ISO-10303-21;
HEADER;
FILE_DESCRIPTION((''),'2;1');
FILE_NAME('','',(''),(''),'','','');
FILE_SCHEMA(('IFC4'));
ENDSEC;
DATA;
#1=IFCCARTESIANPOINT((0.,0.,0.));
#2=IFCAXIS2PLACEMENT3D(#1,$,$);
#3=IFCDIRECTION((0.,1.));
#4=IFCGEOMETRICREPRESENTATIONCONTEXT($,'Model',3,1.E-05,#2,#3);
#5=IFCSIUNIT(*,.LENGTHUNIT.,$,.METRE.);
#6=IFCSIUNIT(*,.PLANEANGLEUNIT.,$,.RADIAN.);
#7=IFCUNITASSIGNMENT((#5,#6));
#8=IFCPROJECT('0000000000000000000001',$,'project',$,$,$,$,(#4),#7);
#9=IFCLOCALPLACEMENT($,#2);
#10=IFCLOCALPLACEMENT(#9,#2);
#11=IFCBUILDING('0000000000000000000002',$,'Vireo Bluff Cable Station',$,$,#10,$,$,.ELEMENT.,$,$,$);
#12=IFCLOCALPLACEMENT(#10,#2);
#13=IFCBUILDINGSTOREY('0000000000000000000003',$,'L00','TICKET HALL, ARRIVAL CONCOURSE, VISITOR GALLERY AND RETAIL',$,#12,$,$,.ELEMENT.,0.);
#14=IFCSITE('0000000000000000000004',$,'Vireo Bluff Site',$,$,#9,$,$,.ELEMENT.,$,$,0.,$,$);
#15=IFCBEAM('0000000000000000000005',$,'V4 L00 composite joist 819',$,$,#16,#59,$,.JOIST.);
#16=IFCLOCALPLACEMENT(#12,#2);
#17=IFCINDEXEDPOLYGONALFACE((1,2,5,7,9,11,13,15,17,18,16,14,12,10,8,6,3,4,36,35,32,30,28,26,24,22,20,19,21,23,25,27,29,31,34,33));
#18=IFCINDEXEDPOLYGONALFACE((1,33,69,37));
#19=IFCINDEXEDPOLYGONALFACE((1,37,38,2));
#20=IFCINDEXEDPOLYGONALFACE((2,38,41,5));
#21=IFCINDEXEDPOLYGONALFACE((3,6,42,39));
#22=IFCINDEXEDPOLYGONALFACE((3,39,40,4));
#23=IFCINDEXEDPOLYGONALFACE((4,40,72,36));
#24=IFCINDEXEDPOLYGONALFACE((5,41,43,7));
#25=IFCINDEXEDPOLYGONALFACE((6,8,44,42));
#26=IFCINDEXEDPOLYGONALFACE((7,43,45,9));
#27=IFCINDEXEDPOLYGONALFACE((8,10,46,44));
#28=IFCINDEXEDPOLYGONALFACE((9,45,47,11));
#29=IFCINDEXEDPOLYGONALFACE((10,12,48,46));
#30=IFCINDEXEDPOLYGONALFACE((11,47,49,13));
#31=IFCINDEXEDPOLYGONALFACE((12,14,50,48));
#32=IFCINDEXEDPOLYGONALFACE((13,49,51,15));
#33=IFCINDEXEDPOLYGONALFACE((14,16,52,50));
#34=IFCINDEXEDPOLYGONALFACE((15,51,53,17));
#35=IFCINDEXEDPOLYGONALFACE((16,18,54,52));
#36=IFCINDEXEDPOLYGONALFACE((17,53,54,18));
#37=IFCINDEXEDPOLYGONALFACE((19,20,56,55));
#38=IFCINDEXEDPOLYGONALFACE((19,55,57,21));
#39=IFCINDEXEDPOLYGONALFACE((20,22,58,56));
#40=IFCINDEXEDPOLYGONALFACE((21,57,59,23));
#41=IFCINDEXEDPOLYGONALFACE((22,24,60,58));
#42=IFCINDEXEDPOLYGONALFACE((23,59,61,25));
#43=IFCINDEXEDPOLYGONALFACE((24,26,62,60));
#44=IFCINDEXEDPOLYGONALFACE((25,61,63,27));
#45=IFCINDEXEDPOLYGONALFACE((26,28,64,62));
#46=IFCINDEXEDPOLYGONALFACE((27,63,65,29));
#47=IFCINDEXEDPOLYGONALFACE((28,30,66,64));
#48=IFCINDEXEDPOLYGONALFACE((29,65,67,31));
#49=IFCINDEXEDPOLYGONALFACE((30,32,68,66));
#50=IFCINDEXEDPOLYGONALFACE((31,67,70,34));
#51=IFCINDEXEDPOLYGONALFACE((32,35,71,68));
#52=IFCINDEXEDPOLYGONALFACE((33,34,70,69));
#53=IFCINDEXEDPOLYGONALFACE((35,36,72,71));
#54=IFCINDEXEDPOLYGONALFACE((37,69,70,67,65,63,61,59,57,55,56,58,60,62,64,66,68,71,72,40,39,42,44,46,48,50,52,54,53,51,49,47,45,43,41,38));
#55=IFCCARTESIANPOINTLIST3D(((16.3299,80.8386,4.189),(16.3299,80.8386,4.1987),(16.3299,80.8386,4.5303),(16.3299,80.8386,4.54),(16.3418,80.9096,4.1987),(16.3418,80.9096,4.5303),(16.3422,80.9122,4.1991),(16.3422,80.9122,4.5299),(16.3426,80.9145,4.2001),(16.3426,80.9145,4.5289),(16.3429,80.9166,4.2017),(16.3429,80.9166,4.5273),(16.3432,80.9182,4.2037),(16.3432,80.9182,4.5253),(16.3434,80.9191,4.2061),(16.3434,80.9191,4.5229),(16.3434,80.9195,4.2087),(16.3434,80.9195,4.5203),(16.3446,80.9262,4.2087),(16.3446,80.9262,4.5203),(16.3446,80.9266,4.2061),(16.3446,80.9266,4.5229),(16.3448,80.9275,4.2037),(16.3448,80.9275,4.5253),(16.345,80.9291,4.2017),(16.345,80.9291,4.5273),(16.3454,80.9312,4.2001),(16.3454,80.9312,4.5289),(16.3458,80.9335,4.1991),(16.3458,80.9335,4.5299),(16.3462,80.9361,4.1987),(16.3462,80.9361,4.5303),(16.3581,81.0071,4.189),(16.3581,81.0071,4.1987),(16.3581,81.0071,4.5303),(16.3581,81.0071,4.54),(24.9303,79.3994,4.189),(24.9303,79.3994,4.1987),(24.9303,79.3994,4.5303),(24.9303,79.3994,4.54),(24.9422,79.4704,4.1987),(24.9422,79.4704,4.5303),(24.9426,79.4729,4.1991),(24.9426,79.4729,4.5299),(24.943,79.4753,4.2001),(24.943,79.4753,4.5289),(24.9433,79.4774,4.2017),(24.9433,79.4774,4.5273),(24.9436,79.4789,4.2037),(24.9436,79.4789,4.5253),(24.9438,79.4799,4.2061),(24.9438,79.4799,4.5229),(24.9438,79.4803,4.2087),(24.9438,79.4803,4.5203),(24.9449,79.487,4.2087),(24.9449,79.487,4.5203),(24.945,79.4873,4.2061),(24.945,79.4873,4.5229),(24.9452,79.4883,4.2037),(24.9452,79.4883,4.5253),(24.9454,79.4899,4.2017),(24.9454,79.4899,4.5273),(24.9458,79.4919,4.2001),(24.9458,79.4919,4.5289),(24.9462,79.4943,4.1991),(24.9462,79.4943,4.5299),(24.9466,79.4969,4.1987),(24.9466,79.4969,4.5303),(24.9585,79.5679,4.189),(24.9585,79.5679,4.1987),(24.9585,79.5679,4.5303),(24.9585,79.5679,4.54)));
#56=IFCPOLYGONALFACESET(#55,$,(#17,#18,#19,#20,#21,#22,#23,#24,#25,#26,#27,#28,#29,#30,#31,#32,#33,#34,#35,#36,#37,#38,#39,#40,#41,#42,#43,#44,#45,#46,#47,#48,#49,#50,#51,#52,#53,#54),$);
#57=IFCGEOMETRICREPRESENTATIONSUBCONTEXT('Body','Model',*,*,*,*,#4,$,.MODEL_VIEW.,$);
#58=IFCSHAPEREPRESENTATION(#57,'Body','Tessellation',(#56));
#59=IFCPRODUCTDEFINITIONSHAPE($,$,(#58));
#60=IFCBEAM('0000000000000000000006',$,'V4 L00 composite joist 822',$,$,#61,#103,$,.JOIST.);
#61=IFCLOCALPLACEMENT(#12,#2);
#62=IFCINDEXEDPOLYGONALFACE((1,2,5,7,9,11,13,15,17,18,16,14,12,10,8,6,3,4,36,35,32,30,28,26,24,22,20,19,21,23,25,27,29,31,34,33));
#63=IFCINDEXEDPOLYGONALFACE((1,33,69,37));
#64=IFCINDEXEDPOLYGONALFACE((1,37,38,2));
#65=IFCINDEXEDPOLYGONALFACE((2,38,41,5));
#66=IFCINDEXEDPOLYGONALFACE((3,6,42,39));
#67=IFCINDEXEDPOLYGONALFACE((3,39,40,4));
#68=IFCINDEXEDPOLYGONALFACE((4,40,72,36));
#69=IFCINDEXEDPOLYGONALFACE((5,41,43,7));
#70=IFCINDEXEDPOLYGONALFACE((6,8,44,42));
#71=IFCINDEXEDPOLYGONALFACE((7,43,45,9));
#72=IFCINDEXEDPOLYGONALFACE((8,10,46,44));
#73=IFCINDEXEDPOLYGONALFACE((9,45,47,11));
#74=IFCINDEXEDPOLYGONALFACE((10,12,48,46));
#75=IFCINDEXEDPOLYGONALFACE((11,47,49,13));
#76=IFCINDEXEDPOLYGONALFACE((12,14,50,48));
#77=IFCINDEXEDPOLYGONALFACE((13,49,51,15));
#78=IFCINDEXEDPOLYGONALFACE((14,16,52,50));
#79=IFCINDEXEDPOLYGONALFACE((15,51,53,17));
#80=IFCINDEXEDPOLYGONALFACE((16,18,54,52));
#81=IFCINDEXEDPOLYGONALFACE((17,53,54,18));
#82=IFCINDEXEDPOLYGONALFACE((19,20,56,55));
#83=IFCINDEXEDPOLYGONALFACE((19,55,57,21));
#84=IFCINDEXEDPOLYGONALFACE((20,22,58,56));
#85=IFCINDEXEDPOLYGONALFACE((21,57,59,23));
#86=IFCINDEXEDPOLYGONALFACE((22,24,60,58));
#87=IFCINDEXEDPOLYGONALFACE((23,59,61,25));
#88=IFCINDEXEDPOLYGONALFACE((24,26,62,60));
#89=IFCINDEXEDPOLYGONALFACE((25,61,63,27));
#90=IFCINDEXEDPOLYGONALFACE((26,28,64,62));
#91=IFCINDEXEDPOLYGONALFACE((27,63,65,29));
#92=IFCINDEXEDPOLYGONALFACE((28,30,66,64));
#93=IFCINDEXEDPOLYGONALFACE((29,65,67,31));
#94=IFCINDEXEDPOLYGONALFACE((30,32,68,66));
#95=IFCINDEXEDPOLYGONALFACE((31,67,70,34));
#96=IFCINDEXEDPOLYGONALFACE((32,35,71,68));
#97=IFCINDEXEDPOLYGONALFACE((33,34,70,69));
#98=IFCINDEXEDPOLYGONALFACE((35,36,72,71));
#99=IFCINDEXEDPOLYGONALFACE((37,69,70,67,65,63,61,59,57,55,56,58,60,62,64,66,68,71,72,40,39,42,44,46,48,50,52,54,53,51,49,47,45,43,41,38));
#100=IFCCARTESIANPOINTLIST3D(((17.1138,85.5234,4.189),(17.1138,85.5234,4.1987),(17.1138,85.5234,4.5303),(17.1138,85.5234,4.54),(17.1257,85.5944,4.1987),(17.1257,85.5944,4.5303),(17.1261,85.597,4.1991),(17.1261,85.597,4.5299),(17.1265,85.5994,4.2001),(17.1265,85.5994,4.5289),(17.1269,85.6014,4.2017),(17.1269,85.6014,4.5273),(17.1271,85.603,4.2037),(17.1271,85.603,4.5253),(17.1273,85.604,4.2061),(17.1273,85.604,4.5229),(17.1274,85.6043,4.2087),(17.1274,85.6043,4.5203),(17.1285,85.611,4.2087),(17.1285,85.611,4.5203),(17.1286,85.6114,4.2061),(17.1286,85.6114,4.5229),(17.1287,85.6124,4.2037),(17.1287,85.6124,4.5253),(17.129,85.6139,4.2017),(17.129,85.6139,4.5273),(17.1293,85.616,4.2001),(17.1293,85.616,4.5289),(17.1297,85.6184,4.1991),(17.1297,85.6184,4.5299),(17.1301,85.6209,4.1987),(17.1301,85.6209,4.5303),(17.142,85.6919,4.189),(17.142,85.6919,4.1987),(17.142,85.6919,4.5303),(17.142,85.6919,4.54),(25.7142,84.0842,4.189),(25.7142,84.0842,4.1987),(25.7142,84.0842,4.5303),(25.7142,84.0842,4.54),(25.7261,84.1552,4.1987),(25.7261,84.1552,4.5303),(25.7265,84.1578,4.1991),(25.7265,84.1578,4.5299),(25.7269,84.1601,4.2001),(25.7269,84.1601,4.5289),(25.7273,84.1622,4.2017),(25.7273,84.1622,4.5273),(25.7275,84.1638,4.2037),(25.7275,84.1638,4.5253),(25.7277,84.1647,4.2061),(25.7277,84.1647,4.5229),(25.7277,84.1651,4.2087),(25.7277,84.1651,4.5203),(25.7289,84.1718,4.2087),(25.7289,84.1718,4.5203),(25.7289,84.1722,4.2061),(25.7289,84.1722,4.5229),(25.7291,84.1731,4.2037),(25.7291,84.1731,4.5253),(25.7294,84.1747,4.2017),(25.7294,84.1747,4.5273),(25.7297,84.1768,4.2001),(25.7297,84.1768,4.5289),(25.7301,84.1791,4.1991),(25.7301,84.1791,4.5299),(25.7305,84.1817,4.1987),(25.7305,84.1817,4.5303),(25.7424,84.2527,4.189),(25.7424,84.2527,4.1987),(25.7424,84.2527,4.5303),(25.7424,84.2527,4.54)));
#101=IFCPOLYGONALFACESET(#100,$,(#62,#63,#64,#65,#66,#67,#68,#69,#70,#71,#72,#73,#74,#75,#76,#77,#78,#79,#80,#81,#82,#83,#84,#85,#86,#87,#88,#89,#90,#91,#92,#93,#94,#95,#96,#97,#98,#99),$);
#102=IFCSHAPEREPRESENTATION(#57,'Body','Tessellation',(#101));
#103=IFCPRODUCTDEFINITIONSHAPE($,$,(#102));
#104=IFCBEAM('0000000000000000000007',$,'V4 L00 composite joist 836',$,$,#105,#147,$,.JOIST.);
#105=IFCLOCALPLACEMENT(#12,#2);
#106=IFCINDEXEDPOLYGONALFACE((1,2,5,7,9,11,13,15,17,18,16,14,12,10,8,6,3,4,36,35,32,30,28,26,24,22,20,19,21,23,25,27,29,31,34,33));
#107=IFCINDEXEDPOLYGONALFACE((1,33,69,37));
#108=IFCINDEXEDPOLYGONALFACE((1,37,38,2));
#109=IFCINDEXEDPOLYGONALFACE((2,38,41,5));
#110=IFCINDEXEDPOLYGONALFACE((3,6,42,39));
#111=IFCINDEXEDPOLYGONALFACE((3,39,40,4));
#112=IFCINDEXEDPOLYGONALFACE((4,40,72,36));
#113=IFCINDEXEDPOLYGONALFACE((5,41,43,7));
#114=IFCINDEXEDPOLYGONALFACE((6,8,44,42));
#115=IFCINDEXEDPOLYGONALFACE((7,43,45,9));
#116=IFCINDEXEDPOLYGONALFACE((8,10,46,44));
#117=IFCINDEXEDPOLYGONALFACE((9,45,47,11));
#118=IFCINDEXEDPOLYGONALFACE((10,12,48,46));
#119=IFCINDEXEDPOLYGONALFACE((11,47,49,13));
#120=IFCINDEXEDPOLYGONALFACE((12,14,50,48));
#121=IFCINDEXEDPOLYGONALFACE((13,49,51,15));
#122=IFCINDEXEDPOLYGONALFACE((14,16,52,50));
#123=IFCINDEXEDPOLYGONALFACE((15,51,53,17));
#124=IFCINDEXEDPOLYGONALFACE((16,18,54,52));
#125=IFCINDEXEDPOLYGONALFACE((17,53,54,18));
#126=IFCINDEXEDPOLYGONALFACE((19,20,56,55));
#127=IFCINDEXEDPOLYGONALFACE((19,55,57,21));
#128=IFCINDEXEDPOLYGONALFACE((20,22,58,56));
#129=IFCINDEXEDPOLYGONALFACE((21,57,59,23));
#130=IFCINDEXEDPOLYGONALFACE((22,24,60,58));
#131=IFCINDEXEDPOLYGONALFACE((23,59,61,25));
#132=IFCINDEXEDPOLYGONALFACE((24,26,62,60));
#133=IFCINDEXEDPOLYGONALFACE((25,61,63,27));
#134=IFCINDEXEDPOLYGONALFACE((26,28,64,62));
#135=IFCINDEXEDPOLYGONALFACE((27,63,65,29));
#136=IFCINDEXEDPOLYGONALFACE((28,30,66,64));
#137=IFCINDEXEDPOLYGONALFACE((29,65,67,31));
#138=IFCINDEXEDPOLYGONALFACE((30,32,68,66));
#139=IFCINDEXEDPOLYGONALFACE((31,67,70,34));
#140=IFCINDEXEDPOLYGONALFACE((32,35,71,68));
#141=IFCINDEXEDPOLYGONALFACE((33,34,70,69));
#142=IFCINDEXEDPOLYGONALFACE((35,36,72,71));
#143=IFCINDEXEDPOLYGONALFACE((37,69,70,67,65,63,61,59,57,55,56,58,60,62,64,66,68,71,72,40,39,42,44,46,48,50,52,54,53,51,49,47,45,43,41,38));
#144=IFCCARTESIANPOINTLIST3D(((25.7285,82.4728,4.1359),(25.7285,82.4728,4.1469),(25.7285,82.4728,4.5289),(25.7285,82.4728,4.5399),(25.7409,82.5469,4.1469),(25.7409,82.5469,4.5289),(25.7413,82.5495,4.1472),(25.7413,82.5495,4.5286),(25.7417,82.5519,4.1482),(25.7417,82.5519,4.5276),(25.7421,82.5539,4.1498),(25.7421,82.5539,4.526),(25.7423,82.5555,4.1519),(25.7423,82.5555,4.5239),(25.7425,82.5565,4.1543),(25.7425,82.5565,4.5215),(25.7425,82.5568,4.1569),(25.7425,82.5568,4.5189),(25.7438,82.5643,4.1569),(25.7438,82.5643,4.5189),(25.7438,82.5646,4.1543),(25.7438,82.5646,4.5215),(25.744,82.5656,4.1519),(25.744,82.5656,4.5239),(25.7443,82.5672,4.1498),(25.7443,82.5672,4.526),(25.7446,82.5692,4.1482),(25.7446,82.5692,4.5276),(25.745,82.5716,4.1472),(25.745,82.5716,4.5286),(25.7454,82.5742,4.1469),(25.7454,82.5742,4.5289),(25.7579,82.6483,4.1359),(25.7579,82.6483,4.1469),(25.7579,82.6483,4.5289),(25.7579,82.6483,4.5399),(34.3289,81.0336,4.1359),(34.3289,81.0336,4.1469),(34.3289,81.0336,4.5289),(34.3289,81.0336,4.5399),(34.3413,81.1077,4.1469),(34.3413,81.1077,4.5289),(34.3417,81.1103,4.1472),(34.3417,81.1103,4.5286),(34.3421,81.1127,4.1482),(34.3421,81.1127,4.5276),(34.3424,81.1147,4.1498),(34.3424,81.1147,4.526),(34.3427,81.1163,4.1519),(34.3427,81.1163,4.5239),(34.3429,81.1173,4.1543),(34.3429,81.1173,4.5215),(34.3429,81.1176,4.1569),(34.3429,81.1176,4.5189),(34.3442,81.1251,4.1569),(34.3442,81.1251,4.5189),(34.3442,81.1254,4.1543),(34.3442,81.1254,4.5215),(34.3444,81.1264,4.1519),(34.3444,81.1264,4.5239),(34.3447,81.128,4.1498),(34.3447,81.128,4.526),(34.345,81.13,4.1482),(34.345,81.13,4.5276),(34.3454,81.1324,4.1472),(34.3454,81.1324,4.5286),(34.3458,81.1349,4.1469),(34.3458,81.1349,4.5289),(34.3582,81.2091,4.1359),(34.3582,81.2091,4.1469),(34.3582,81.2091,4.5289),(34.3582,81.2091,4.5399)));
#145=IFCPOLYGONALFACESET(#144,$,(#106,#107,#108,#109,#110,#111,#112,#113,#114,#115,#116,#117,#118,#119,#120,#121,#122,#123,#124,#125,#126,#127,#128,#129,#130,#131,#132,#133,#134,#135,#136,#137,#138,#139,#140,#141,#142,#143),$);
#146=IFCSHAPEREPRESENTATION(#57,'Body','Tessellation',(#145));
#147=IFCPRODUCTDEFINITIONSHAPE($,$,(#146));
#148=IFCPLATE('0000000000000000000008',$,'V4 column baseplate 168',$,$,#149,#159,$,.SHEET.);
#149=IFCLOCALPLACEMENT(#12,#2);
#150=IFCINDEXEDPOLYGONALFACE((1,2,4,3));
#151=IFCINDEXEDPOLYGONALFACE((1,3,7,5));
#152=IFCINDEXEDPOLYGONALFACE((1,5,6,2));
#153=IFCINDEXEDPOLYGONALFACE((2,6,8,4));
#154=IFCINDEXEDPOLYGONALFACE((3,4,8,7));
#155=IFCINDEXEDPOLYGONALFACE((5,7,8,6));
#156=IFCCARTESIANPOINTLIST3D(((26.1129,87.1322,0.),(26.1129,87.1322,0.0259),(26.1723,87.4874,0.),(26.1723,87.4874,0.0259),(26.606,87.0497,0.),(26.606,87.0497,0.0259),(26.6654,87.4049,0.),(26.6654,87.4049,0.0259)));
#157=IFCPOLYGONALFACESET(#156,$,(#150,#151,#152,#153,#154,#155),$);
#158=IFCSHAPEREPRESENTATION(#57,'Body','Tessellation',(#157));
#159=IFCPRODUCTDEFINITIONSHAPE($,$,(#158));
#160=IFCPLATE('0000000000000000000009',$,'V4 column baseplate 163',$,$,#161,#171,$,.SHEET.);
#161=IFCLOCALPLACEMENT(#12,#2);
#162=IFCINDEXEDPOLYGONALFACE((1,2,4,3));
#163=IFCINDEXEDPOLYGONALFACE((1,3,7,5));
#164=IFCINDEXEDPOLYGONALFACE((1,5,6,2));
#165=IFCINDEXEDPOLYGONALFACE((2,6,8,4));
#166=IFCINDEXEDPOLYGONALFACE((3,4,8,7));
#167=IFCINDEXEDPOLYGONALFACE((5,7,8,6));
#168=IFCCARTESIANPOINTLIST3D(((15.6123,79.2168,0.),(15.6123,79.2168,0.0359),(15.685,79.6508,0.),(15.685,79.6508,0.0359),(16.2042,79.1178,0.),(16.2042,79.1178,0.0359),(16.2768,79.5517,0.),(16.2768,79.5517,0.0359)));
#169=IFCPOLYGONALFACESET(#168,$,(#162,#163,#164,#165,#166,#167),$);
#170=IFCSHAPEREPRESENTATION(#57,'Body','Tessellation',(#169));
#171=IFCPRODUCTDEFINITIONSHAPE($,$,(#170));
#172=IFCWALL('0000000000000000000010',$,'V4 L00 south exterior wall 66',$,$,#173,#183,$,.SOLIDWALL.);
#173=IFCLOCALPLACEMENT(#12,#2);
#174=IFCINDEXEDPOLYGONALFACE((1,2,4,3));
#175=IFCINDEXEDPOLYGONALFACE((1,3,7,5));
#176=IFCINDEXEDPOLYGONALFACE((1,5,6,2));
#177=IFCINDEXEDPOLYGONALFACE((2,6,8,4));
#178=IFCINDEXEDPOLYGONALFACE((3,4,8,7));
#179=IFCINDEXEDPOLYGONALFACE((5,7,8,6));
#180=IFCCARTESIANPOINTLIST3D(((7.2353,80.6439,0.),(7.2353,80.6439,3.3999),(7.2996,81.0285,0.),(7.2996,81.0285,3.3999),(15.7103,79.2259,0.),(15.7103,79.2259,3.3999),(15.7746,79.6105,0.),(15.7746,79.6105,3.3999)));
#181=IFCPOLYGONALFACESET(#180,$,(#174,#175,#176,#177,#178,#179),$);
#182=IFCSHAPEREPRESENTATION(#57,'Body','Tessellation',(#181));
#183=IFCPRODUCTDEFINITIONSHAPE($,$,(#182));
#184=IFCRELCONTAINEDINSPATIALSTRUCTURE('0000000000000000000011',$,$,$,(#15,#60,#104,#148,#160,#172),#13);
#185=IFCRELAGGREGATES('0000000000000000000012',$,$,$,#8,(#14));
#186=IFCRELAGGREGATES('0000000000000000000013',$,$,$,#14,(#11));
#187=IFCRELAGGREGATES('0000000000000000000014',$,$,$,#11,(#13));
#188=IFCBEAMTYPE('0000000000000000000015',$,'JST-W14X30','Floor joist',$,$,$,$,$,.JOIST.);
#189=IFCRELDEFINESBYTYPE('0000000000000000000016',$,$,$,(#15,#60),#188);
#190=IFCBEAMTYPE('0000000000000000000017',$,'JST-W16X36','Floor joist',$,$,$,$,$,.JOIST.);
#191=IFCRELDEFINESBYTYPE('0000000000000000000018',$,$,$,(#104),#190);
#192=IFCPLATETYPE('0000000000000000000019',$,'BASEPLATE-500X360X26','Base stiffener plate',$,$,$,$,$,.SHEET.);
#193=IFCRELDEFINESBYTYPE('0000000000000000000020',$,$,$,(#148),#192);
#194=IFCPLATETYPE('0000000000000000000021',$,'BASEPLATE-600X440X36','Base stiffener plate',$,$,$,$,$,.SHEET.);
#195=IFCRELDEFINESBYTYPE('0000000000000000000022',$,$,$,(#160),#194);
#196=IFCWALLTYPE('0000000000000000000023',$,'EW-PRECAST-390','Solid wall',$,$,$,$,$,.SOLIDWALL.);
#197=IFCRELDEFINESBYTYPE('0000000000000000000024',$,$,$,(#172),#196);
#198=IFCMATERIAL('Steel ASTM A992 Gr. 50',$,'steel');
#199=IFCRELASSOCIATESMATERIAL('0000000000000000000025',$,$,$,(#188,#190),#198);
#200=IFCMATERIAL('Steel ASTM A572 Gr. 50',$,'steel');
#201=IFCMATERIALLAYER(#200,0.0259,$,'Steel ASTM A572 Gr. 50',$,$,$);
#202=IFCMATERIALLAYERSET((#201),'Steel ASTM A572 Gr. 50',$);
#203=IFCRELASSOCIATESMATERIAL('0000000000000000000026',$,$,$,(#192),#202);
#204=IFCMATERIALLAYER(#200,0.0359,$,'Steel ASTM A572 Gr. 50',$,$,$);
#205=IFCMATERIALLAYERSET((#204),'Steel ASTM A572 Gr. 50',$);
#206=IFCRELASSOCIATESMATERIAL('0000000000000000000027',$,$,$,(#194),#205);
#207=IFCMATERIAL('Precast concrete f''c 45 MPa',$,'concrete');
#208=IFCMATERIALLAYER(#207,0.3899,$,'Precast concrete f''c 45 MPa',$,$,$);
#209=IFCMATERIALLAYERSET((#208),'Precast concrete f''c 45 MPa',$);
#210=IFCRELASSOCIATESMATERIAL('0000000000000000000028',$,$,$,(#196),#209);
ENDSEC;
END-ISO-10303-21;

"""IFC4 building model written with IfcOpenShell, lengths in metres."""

from ifc_helpers import new_model, si_unit, direction, frame, frame_2d, origin, origin_2d, place, context, subcontext, project, spatial, rectangle, i_section, extrude, material, layer, layer_set, material_profile, profile_set, type_object, element, save


model = new_model("IFC4")

# Units and contexts
model_context = context("Model", 3, precision=1e-05, world=origin(), true_north=direction((0.0, 1.0)))
body_context = subcontext(model_context, "Body", "Model", "MODEL_VIEW")
ifc_project = project(units=[si_unit("LENGTHUNIT", "METRE"), si_unit("PLANEANGLEUNIT", "RADIAN")], contexts=[model_context])

# Site, building, storey
site_placement = place(None, origin())
site = spatial("IfcSite", under=ifc_project, at=site_placement, Name="Vireo Bluff Site", CompositionType="ELEMENT", RefElevation=0.0)
building_placement = place(site_placement, origin())
building = spatial("IfcBuilding", under=site, at=building_placement, Name="Vireo Bluff Cable Station", CompositionType="ELEMENT")
storey_placement = place(building_placement, origin())
storey = spatial("IfcBuildingStorey", under=building, at=storey_placement, Name="L00", Description="TICKET HALL, ARRIVAL CONCOURSE, VISITOR GALLERY AND RETAIL", CompositionType="ELEMENT", Elevation=0.0)

# Shared definitions
ifc_material_1 = material(Name="Steel ASTM A992 Gr. 50", Category="steel")

# Beams
ifc_material_profile_1 = material_profile(ifc_material_1, i_section(OverallWidth=0.1709, OverallDepth=0.3511, WebThickness=0.0068, FlangeThickness=0.0098, FilletRadius=0.01, at=origin_2d()), Name="W14X30")
ifc_profile_set_1 = profile_set([ifc_material_profile_1], Name="Steel ASTM A992 Gr. 50")
beam_type_1 = type_object("IfcBeamType", Name="JST-W14X30", Description="Floor joist", PredefinedType="JOIST", material=ifc_profile_set_1)
for number, where, z_axis, x_axis, name in (
    (1, (16.344, 80.9229, 4.3645), (0.986286, -0.165048, 0.0), (0.165048, 0.986286, 0.0), "V4 L00 composite joist 819"),
    (2, (17.1279, 85.6077, 4.3645), (0.986286, -0.165048, 0.0), (0.165048, 0.986286, 0.0), "V4 L00 composite joist 822"),
):
    element("IfcBeam", number, at=place(storey_placement, frame(where, z_axis=z_axis, x_axis=x_axis)), inside=storey, type_object=beam_type_1, Name=name, PredefinedType="JOIST", context=body_context, shape_type="SweptSolid", body=[
        extrude(i_section(OverallWidth=0.1709, OverallDepth=0.3511, WebThickness=0.0068, FlangeThickness=0.0098, FilletRadius=0.01, at=origin_2d()), origin(), (0.0, 0.0, 1.0), 8.72),
    ])
ifc_material_profile_2 = material_profile(ifc_material_1, i_section(OverallWidth=0.178, OverallDepth=0.4041, WebThickness=0.0076, FlangeThickness=0.011, FilletRadius=0.01, at=origin_2d()), Name="W16X36")
ifc_profile_set_2 = profile_set([ifc_material_profile_2], Name="Steel ASTM A992 Gr. 50")
beam_type_2 = type_object("IfcBeamType", Name="JST-W16X36", Description="Floor joist", PredefinedType="JOIST", material=ifc_profile_set_2)
beam_1_placement = place(storey_placement, frame((25.7432, 82.5605, 4.3379), z_axis=(0.986286, -0.165048, 0.0), x_axis=(0.165048, 0.986286, 0.0)))
element("IfcBeam", 3, at=beam_1_placement, inside=storey, type_object=beam_type_2, Name="V4 L00 composite joist 836", PredefinedType="JOIST", context=body_context, shape_type="SweptSolid", body=[
    extrude(i_section(OverallWidth=0.178, OverallDepth=0.4041, WebThickness=0.0076, FlangeThickness=0.011, FilletRadius=0.01, at=origin_2d()), origin(), (0.0, 0.0, 1.0), 8.72),
])

# Plates
ifc_material_2 = material(Name="Steel ASTM A572 Gr. 50", Category="steel")
ifc_layer_1 = layer(ifc_material_2, 0.0259, Name="Steel ASTM A572 Gr. 50")
ifc_layer_set_1 = layer_set([ifc_layer_1], Name="Steel ASTM A572 Gr. 50")
plate_type_1 = type_object("IfcPlateType", Name="BASEPLATE-500X360X26", Description="Base stiffener plate", PredefinedType="SHEET", material=ifc_layer_set_1)
plate_1_placement = place(storey_placement, frame((26.3892, 87.2686, 0.0), z_axis=(0.0, 0.0, 1.0), x_axis=(0.986286, -0.165048, 0.0)))
element("IfcPlate", 4, at=plate_1_placement, inside=storey, type_object=plate_type_1, Name="V4 column baseplate 168", PredefinedType="SHEET", context=body_context, shape_type="SweptSolid", body=[
    extrude(rectangle(XDim=0.5, YDim=0.3601, at=origin_2d()), origin(), (0.0, 0.0, 1.0), 0.0259),
])
ifc_layer_2 = layer(ifc_material_2, 0.0359, Name="Steel ASTM A572 Gr. 50")
ifc_layer_set_2 = layer_set([ifc_layer_2], Name="Steel ASTM A572 Gr. 50")
plate_type_2 = type_object("IfcPlateType", Name="BASEPLATE-600X440X36", Description="Base stiffener plate", PredefinedType="SHEET", material=ifc_layer_set_2)
plate_2_placement = place(storey_placement, frame((15.9446, 79.3843, 0.0), z_axis=(0.0, 0.0, 1.0), x_axis=(0.986286, -0.165048, 0.0)))
element("IfcPlate", 5, at=plate_2_placement, inside=storey, type_object=plate_type_2, Name="V4 column baseplate 163", PredefinedType="SHEET", context=body_context, shape_type="SweptSolid", body=[
    extrude(rectangle(XDim=0.6001, YDim=0.4399, at=origin_2d()), origin(), (0.0, 0.0, 1.0), 0.0359),
])

# Wall
ifc_material_3 = material(Name="Precast concrete f'c 45 MPa", Category="concrete")
ifc_layer_3 = layer(ifc_material_3, 0.3899, Name="Precast concrete f'c 45 MPa")
ifc_layer_set_3 = layer_set([ifc_layer_3], Name="Precast concrete f'c 45 MPa")
wall_type_1 = type_object("IfcWallType", Name="EW-PRECAST-390", Description="Solid wall", PredefinedType="SOLIDWALL", material=ifc_layer_set_3)
wall_1_placement = place(storey_placement, frame((15.7424, 79.4182, 0.0), z_axis=(0.0, 0.0, 1.0), x_axis=(-0.98629, 0.165021, 0.0)))
element("IfcWall", 6, at=wall_1_placement, inside=storey, type_object=wall_type_1, Name="V4 L00 south exterior wall 66", PredefinedType="SOLIDWALL", context=body_context, shape_type="SweptSolid", body=[
    extrude(rectangle(XDim=8.5928, YDim=0.3899, at=frame_2d((4.2964, 0.0))), origin(), (0.0, 0.0, 1.0), 3.3999),
])

save(model, "model.ifc")
